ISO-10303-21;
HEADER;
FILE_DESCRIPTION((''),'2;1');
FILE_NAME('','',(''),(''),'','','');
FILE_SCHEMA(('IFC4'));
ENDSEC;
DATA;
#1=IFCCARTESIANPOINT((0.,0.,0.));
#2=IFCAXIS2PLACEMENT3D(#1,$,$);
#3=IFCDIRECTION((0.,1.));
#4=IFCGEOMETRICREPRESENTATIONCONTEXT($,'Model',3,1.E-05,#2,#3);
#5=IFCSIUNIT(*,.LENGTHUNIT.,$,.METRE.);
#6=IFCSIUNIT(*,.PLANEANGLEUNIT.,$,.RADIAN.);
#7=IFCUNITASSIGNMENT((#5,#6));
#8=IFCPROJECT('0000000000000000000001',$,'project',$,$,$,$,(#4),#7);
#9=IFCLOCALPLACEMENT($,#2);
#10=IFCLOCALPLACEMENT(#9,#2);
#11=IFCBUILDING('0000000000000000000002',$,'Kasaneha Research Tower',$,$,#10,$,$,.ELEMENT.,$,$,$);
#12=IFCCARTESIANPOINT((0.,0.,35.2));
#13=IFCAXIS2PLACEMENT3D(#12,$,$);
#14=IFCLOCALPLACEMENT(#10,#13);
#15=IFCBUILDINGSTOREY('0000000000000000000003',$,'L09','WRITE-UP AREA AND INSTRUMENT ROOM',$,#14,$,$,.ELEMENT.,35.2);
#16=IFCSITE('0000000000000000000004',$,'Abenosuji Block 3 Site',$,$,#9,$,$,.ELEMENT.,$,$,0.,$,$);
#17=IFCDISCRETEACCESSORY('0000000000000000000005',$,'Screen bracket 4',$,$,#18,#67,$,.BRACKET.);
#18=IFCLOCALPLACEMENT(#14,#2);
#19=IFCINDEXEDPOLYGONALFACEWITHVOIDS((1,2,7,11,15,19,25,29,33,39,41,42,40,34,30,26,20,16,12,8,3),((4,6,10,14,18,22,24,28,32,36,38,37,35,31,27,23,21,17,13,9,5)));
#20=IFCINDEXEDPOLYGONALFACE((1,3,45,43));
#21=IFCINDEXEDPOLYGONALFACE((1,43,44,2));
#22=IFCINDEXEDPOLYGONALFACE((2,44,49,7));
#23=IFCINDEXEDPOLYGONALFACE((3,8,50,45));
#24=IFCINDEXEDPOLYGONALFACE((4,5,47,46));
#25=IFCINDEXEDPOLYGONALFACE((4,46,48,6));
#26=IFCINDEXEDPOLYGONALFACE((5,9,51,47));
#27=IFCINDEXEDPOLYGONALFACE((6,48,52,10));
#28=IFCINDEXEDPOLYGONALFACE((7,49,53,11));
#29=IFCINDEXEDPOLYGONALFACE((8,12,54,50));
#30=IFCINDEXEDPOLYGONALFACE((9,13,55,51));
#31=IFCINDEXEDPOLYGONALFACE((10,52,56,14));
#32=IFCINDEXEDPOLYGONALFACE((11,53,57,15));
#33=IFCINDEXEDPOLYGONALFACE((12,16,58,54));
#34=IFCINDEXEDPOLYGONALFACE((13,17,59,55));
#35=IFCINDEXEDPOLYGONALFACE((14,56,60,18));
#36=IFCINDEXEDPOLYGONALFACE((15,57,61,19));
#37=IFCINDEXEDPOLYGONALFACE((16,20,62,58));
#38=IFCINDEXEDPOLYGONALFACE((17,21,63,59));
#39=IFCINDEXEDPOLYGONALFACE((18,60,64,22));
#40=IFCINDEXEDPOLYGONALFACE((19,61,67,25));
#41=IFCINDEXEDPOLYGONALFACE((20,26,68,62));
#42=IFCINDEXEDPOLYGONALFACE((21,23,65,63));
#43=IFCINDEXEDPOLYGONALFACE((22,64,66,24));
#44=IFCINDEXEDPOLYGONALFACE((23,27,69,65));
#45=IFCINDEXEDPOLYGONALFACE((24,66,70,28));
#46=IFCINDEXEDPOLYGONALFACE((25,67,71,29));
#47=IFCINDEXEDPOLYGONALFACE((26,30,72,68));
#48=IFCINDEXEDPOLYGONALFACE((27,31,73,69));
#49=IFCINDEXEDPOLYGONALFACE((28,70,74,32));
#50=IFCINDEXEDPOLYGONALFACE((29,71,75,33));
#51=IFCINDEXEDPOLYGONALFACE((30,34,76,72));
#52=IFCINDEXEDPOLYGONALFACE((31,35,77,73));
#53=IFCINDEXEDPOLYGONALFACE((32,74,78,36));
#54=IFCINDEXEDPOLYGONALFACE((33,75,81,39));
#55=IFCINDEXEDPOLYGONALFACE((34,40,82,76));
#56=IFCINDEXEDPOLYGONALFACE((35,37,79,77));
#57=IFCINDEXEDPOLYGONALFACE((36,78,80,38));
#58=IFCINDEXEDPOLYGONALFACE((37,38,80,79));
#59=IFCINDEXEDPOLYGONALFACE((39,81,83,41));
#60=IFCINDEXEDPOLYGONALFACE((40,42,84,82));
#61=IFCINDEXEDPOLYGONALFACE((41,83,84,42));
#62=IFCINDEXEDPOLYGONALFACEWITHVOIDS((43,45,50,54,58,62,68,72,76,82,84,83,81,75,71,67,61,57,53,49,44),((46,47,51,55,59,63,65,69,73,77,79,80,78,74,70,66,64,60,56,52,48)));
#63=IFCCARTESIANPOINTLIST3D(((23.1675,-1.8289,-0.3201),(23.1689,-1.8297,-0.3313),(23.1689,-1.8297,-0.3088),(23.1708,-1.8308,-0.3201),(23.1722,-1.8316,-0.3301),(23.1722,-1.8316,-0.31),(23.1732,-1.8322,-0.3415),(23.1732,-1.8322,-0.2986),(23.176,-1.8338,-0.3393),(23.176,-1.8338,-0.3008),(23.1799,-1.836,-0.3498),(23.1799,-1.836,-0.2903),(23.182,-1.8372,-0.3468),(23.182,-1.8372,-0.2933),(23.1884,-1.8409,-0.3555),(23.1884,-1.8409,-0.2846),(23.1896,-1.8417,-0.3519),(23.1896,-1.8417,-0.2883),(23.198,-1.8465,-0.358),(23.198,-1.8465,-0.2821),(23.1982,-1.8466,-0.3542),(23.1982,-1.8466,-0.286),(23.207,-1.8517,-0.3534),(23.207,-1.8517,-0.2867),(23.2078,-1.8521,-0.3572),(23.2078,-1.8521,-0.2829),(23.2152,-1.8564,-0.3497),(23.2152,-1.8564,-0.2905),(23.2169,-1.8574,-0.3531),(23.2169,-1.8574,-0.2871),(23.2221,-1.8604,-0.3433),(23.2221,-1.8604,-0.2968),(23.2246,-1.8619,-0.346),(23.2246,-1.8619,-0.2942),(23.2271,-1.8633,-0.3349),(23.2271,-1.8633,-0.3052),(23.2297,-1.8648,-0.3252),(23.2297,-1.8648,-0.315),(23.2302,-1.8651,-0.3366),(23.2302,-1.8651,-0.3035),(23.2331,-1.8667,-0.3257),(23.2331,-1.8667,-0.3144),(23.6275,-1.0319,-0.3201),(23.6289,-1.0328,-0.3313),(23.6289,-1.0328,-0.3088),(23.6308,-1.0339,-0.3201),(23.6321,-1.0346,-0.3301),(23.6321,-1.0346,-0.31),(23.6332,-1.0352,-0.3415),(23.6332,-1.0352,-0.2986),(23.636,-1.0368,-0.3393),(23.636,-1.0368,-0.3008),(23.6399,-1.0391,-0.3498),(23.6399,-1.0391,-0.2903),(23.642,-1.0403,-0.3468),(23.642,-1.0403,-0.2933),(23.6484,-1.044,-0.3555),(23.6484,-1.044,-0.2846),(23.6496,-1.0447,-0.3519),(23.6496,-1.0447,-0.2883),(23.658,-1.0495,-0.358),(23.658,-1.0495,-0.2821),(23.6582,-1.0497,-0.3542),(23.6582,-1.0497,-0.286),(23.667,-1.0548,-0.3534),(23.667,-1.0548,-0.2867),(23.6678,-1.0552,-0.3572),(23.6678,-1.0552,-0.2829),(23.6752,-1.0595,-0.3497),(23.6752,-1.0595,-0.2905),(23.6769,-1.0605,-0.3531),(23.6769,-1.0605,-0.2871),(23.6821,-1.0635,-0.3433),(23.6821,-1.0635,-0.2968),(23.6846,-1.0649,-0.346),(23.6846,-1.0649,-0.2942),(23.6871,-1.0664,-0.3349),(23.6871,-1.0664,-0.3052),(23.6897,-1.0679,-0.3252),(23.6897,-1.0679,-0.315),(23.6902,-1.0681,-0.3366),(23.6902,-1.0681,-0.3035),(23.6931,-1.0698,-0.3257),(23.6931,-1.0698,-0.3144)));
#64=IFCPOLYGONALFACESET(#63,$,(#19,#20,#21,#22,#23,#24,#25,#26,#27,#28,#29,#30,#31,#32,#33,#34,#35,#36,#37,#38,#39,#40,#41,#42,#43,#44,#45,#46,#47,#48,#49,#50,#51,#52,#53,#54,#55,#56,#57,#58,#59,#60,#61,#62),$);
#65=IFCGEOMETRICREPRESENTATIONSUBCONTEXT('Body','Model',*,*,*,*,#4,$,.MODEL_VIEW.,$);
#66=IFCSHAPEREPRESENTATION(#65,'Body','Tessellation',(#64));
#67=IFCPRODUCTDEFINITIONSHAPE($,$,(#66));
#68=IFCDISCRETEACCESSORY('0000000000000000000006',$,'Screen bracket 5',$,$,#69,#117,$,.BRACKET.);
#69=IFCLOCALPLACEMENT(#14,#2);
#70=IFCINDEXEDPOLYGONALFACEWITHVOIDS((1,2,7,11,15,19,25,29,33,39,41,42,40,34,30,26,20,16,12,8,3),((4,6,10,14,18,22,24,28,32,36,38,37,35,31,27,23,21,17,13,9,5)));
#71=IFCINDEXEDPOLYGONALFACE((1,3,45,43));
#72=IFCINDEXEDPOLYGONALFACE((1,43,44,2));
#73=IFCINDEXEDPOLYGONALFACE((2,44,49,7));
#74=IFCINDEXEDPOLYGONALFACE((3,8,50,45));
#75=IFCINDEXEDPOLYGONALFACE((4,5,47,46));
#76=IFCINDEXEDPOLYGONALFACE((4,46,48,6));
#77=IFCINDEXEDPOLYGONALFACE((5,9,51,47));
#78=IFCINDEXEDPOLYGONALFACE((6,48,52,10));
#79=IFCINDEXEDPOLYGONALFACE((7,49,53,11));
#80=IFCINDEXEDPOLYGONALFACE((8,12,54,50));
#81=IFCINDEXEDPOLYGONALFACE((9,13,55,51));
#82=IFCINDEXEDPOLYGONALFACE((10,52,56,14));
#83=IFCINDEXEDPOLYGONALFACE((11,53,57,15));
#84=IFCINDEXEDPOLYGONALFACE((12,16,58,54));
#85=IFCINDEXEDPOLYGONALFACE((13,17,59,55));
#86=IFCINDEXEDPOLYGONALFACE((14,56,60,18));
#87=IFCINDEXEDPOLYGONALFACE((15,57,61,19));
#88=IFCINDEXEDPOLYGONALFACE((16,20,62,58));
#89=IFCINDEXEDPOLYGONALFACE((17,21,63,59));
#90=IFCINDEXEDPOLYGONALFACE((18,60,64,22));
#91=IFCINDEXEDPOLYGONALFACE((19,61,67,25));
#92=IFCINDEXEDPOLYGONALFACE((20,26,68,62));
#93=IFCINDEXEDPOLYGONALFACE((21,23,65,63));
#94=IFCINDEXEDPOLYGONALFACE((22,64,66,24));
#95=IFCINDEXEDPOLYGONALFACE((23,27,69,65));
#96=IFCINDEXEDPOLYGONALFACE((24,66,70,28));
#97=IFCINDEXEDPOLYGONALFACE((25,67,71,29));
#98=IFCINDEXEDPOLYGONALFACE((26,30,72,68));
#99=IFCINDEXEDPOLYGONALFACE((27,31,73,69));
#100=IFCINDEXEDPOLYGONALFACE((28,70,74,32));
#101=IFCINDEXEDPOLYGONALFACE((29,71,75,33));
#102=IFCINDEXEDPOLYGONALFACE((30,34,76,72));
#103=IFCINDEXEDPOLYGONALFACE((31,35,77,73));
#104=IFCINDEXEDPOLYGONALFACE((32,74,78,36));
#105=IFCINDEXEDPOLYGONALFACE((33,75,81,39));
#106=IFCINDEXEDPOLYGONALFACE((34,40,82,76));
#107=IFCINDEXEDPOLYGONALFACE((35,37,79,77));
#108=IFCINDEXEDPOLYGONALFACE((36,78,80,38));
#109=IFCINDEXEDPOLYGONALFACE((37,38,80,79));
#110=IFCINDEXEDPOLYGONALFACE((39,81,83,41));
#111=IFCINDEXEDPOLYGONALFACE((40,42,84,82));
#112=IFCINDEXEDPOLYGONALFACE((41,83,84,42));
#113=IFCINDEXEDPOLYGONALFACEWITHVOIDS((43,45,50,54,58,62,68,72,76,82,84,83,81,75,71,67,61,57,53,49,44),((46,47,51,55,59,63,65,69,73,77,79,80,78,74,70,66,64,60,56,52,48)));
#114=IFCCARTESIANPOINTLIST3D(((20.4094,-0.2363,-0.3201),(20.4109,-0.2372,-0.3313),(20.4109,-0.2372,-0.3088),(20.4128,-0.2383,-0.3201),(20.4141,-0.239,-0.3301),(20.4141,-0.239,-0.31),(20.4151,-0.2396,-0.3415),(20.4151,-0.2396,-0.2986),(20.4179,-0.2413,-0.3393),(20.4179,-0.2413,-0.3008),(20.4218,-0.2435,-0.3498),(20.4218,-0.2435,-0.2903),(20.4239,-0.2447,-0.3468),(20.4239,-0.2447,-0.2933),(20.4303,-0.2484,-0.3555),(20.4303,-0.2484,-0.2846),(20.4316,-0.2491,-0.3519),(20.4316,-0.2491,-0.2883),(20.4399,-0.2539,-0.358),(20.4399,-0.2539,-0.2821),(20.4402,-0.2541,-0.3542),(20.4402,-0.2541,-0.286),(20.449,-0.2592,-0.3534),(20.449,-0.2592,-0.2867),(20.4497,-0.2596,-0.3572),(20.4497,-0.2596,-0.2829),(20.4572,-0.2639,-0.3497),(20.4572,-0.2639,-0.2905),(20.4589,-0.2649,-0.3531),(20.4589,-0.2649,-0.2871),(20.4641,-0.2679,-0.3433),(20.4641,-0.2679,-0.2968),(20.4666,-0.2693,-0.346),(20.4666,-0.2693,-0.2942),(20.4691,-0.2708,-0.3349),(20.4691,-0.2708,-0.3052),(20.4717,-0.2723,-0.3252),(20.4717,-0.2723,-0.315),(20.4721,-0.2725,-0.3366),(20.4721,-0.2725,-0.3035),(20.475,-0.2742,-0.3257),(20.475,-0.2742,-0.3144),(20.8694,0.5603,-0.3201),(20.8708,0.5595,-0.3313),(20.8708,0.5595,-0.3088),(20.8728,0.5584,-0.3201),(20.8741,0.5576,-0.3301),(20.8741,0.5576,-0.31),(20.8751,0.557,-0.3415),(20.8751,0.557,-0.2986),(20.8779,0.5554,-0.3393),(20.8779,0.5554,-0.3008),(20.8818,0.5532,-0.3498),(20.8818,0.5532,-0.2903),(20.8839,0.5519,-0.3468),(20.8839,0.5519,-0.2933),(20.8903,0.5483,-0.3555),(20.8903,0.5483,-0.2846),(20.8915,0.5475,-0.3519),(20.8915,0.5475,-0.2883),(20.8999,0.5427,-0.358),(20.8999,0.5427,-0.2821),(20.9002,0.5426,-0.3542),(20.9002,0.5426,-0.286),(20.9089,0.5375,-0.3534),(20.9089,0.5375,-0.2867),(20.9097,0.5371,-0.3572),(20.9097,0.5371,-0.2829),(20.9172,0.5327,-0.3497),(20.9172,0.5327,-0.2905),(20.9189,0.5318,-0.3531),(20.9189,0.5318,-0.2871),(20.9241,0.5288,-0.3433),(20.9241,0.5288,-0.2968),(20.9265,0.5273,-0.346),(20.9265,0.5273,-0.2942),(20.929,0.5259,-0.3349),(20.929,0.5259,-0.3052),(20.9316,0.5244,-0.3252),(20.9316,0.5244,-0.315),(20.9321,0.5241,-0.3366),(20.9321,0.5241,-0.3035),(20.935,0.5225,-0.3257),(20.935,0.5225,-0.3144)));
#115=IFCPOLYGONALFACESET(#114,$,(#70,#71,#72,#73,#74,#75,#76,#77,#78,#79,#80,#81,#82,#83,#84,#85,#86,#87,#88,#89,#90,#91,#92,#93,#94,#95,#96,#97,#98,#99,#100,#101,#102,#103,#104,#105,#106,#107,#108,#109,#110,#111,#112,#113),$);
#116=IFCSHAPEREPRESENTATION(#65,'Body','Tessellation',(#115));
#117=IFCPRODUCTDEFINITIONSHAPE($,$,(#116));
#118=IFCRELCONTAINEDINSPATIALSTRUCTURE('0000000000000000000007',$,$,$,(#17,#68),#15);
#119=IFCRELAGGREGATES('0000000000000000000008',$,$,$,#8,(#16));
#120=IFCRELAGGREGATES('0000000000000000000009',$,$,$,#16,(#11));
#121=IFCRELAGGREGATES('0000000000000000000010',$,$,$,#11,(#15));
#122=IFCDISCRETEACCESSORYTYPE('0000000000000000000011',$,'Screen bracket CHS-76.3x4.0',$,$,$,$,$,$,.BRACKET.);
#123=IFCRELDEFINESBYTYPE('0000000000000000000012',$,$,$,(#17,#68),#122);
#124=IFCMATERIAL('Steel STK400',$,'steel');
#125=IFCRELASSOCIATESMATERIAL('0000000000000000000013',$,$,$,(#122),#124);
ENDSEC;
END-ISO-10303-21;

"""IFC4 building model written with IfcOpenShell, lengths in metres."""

from ifc_helpers import new_model, si_unit, direction, frame, origin, origin_2d, place, context, subcontext, project, spatial, hollow_circle, extrude, material, material_profile, profile_set, type_object, element, save


model = new_model("IFC4")

# Units and contexts
model_context = context("Model", 3, precision=1e-05, world=origin(), true_north=direction((0.0, 1.0)))
body_context = subcontext(model_context, "Body", "Model", "MODEL_VIEW")
ifc_project = project(units=[si_unit("LENGTHUNIT", "METRE"), si_unit("PLANEANGLEUNIT", "RADIAN")], contexts=[model_context])

# Site, building, storey
site_placement = place(None, origin())
site = spatial("IfcSite", under=ifc_project, at=site_placement, Name="Abenosuji Block 3 Site", CompositionType="ELEMENT", RefElevation=0.0)
building_placement = place(site_placement, origin())
building = spatial("IfcBuilding", under=site, at=building_placement, Name="Kasaneha Research Tower", CompositionType="ELEMENT")
storey_placement = place(building_placement, frame((0.0, 0.0, 35.2)))
storey = spatial("IfcBuildingStorey", under=building, at=storey_placement, Name="L09", Description="WRITE-UP AREA AND INSTRUMENT ROOM", CompositionType="ELEMENT", Elevation=35.2)

# Discrete accessories
ifc_material_1 = material(Name="Steel STK400", Category="steel")
ifc_material_profile_1 = material_profile(ifc_material_1, hollow_circle(Radius=0.0381, WallThickness=0.0039, at=origin_2d()), Name="CHS-76.3x4.0")
ifc_profile_set_1 = profile_set([ifc_material_profile_1], Name="Steel STK400")
discrete_accessory_type = type_object("IfcDiscreteAccessoryType", Name="Screen bracket CHS-76.3x4.0", PredefinedType="BRACKET", material=ifc_profile_set_1)
discrete_accessory_1_placement = place(storey_placement, frame((23.2004, -1.8479, -0.3201), z_axis=(0.499906, 0.86608, 0.0), x_axis=(-0.86608, 0.499906, 0.0)))
element("IfcDiscreteAccessory", 1, at=discrete_accessory_1_placement, inside=storey, type_object=discrete_accessory_type, Name="Screen bracket 4", PredefinedType="BRACKET", context=body_context, shape_type="SweptSolid", body=[
    extrude(hollow_circle(Radius=0.0381, WallThickness=0.0039, at=origin_2d()), origin(), (0.0, 0.0, 1.0), 0.9202),
])
discrete_accessory_2_placement = place(storey_placement, frame((20.4424, -0.2554, -0.3201), z_axis=(0.500021, 0.866013, 0.0), x_axis=(-0.866013, 0.500021, 0.0)))
element("IfcDiscreteAccessory", 2, at=discrete_accessory_2_placement, inside=storey, type_object=discrete_accessory_type, Name="Screen bracket 5", PredefinedType="BRACKET", context=body_context, shape_type="SweptSolid", body=[
    extrude(hollow_circle(Radius=0.0381, WallThickness=0.0039, at=origin_2d()), origin(), (0.0, 0.0, 1.0), 0.9199),
])

save(model, "model.ifc")
